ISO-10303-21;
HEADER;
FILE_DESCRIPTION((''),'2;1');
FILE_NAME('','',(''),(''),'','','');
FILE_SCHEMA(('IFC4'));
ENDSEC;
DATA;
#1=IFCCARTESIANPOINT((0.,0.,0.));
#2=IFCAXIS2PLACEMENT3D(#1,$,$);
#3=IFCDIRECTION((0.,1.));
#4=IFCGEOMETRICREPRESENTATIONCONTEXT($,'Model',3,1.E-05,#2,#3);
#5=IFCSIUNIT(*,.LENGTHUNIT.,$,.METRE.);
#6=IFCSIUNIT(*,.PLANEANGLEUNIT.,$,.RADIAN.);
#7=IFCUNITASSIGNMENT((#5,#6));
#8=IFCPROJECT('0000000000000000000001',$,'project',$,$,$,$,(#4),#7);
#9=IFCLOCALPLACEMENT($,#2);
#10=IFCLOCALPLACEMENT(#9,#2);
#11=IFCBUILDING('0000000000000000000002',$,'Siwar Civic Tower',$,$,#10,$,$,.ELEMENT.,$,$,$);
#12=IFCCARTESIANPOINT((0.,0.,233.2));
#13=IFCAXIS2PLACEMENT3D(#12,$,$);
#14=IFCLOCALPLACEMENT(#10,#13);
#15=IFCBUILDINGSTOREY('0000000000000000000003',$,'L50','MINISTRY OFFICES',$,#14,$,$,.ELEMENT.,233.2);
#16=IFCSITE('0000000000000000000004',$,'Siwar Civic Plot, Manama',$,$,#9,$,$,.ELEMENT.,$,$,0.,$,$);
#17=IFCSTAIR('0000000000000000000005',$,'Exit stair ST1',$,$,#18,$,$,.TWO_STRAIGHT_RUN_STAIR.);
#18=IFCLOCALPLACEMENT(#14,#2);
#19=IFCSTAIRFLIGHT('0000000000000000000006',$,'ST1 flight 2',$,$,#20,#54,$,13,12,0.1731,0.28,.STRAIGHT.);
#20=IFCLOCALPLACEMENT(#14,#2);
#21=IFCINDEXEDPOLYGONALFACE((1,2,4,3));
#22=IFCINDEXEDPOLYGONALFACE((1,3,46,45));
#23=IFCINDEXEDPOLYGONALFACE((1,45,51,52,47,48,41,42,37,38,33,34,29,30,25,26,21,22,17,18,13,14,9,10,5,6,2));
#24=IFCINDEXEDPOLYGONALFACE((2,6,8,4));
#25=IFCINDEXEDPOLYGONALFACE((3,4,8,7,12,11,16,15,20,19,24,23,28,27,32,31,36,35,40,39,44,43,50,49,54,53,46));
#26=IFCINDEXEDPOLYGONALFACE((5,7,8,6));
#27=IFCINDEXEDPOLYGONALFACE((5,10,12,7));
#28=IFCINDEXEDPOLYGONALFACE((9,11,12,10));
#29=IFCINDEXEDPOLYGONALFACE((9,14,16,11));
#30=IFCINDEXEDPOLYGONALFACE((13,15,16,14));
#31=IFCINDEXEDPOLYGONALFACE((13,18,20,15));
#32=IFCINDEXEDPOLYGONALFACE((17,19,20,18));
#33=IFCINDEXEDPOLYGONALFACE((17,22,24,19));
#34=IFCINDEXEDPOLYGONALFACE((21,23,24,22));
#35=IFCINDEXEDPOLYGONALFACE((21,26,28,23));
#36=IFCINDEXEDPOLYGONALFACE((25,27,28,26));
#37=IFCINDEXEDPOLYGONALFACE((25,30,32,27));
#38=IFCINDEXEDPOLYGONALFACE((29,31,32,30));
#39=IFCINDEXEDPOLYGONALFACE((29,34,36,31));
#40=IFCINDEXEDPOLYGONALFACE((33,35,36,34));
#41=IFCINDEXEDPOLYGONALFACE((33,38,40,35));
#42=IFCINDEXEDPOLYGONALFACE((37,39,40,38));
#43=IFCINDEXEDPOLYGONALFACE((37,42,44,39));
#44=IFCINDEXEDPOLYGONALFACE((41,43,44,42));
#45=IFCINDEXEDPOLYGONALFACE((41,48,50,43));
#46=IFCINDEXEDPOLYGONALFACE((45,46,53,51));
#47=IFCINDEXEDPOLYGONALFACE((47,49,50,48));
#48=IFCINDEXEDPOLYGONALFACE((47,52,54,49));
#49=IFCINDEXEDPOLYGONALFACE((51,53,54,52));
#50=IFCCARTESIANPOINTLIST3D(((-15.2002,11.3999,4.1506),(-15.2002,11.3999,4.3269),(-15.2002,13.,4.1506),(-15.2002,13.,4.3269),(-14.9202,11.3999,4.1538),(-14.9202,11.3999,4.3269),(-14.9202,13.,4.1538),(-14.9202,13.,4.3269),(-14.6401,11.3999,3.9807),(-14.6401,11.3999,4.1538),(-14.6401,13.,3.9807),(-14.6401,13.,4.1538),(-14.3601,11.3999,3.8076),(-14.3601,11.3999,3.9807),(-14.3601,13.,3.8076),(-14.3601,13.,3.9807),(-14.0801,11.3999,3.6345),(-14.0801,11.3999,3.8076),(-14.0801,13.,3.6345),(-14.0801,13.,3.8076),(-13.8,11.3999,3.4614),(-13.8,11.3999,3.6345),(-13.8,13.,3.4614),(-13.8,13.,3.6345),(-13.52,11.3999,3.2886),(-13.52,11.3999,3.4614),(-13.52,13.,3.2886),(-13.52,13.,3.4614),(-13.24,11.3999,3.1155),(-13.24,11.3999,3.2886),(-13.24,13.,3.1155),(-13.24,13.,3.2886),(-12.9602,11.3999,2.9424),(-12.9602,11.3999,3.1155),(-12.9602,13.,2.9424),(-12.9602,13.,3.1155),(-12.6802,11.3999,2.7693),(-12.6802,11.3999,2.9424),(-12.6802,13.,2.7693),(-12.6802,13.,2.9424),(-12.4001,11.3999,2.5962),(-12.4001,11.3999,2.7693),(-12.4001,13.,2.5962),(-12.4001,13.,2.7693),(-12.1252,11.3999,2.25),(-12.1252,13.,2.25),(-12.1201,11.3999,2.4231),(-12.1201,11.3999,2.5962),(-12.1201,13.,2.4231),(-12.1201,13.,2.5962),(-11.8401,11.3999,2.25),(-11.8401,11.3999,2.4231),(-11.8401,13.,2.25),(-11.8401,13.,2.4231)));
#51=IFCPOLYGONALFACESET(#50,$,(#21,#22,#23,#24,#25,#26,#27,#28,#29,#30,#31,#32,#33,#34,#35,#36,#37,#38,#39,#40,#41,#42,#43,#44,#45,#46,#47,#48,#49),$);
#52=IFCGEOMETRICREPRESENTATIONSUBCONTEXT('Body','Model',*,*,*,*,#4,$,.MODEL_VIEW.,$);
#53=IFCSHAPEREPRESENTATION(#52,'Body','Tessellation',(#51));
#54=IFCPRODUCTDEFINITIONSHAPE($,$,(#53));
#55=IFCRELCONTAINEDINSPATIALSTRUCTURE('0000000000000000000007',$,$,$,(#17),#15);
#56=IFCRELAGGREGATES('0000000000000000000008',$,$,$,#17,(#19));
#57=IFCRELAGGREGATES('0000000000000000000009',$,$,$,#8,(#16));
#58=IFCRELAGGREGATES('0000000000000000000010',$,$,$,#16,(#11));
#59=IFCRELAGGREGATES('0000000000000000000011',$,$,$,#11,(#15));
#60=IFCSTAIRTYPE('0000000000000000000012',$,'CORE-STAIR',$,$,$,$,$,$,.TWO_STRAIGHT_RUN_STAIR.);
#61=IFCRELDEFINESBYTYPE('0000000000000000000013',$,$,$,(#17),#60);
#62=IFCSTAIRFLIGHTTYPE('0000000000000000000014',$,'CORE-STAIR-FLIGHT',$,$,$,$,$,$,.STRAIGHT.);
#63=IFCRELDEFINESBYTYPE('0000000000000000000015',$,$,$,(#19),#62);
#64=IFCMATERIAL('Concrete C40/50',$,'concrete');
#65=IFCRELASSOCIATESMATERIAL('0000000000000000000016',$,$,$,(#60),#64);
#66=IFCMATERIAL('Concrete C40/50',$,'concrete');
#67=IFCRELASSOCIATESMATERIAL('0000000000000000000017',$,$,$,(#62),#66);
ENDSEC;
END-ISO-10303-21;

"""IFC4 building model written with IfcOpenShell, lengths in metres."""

from ifc_helpers import new_model, si_unit, direction, frame, origin, place, context, subcontext, project, spatial, polyline, outline, extrude, material, type_object, element, aggregate, save


model = new_model("IFC4")

# Units and contexts
model_context = context("Model", 3, precision=1e-05, world=origin(), true_north=direction((0.0, 1.0)))
body_context = subcontext(model_context, "Body", "Model", "MODEL_VIEW")
ifc_project = project(units=[si_unit("LENGTHUNIT", "METRE"), si_unit("PLANEANGLEUNIT", "RADIAN")], contexts=[model_context])

# Site, building, storey
site_placement = place(None, origin())
site = spatial("IfcSite", under=ifc_project, at=site_placement, Name="Siwar Civic Plot, Manama", CompositionType="ELEMENT", RefElevation=0.0)
building_placement = place(site_placement, origin())
building = spatial("IfcBuilding", under=site, at=building_placement, Name="Siwar Civic Tower", CompositionType="ELEMENT")
storey_placement = place(building_placement, frame((0.0, 0.0, 233.2)))
storey = spatial("IfcBuildingStorey", under=building, at=storey_placement, Name="L50", Description="MINISTRY OFFICES", CompositionType="ELEMENT", Elevation=233.2)

# Stair, stair flight
ifc_material_1 = material(Name="Concrete C40/50", Category="concrete")
stair_type = type_object("IfcStairType", Name="CORE-STAIR", PredefinedType="TWO_STRAIGHT_RUN_STAIR", material=ifc_material_1)
stair_placement = place(storey_placement, origin())
stair = element("IfcStair", 1, at=stair_placement, inside=storey, type_object=stair_type, Name="Exit stair ST1", PredefinedType="TWO_STRAIGHT_RUN_STAIR")
ifc_material_2 = material(Name="Concrete C40/50", Category="concrete")
stair_flight_type = type_object("IfcStairFlightType", Name="CORE-STAIR-FLIGHT", PredefinedType="STRAIGHT", material=ifc_material_2)
stair_flight_1_placement = place(storey_placement, frame((-11.8401, 12.2, 2.25), z_axis=(0.0, 0.0, 1.0), x_axis=(-1.0, 0.0, 0.0)))
stair_flight_1 = element("IfcStairFlight", 2, at=stair_flight_1_placement, type_object=stair_flight_type, Name="ST1 flight 2", NumberOfRisers=13, NumberOfTreads=12, PredefinedType="STRAIGHT", RiserHeight=0.1731, TreadLength=0.28, context=body_context, shape_type="SweptSolid", body=[
    extrude(outline(polyline([(0.0, 0.0), (0.0, 0.1731), (0.28, 0.1731), (0.28, 0.3462), (0.5601, 0.3462), (0.5601, 0.5193), (0.8401, 0.5193), (0.8401, 0.6924), (1.1201, 0.6924), (1.1201, 0.8655), (1.3999, 0.8655), (1.3999, 1.0386), (1.6799, 1.0386), (1.6799, 1.2114), (1.96, 1.2114), (1.96, 1.3845), (2.24, 1.3845), (2.24, 1.5576), (2.52, 1.5576), (2.52, 1.7307), (2.8, 1.7307), (2.8, 1.9038), (3.0801, 1.9038), (3.0801, 2.0769), (3.3601, 2.0769), (3.3601, 2.25), (3.3601, 1.9006), (0.2852, 0.0), (0.0, 0.0)])), frame((0.0, 0.8, 0.0), z_axis=(0.0, -1.0, 0.0), x_axis=(1.0, 0.0, 0.0)), (0.0, 0.0, 1.0), 1.6001),
])
aggregate(stair, [stair_flight_1])

save(model, "model.ifc")
